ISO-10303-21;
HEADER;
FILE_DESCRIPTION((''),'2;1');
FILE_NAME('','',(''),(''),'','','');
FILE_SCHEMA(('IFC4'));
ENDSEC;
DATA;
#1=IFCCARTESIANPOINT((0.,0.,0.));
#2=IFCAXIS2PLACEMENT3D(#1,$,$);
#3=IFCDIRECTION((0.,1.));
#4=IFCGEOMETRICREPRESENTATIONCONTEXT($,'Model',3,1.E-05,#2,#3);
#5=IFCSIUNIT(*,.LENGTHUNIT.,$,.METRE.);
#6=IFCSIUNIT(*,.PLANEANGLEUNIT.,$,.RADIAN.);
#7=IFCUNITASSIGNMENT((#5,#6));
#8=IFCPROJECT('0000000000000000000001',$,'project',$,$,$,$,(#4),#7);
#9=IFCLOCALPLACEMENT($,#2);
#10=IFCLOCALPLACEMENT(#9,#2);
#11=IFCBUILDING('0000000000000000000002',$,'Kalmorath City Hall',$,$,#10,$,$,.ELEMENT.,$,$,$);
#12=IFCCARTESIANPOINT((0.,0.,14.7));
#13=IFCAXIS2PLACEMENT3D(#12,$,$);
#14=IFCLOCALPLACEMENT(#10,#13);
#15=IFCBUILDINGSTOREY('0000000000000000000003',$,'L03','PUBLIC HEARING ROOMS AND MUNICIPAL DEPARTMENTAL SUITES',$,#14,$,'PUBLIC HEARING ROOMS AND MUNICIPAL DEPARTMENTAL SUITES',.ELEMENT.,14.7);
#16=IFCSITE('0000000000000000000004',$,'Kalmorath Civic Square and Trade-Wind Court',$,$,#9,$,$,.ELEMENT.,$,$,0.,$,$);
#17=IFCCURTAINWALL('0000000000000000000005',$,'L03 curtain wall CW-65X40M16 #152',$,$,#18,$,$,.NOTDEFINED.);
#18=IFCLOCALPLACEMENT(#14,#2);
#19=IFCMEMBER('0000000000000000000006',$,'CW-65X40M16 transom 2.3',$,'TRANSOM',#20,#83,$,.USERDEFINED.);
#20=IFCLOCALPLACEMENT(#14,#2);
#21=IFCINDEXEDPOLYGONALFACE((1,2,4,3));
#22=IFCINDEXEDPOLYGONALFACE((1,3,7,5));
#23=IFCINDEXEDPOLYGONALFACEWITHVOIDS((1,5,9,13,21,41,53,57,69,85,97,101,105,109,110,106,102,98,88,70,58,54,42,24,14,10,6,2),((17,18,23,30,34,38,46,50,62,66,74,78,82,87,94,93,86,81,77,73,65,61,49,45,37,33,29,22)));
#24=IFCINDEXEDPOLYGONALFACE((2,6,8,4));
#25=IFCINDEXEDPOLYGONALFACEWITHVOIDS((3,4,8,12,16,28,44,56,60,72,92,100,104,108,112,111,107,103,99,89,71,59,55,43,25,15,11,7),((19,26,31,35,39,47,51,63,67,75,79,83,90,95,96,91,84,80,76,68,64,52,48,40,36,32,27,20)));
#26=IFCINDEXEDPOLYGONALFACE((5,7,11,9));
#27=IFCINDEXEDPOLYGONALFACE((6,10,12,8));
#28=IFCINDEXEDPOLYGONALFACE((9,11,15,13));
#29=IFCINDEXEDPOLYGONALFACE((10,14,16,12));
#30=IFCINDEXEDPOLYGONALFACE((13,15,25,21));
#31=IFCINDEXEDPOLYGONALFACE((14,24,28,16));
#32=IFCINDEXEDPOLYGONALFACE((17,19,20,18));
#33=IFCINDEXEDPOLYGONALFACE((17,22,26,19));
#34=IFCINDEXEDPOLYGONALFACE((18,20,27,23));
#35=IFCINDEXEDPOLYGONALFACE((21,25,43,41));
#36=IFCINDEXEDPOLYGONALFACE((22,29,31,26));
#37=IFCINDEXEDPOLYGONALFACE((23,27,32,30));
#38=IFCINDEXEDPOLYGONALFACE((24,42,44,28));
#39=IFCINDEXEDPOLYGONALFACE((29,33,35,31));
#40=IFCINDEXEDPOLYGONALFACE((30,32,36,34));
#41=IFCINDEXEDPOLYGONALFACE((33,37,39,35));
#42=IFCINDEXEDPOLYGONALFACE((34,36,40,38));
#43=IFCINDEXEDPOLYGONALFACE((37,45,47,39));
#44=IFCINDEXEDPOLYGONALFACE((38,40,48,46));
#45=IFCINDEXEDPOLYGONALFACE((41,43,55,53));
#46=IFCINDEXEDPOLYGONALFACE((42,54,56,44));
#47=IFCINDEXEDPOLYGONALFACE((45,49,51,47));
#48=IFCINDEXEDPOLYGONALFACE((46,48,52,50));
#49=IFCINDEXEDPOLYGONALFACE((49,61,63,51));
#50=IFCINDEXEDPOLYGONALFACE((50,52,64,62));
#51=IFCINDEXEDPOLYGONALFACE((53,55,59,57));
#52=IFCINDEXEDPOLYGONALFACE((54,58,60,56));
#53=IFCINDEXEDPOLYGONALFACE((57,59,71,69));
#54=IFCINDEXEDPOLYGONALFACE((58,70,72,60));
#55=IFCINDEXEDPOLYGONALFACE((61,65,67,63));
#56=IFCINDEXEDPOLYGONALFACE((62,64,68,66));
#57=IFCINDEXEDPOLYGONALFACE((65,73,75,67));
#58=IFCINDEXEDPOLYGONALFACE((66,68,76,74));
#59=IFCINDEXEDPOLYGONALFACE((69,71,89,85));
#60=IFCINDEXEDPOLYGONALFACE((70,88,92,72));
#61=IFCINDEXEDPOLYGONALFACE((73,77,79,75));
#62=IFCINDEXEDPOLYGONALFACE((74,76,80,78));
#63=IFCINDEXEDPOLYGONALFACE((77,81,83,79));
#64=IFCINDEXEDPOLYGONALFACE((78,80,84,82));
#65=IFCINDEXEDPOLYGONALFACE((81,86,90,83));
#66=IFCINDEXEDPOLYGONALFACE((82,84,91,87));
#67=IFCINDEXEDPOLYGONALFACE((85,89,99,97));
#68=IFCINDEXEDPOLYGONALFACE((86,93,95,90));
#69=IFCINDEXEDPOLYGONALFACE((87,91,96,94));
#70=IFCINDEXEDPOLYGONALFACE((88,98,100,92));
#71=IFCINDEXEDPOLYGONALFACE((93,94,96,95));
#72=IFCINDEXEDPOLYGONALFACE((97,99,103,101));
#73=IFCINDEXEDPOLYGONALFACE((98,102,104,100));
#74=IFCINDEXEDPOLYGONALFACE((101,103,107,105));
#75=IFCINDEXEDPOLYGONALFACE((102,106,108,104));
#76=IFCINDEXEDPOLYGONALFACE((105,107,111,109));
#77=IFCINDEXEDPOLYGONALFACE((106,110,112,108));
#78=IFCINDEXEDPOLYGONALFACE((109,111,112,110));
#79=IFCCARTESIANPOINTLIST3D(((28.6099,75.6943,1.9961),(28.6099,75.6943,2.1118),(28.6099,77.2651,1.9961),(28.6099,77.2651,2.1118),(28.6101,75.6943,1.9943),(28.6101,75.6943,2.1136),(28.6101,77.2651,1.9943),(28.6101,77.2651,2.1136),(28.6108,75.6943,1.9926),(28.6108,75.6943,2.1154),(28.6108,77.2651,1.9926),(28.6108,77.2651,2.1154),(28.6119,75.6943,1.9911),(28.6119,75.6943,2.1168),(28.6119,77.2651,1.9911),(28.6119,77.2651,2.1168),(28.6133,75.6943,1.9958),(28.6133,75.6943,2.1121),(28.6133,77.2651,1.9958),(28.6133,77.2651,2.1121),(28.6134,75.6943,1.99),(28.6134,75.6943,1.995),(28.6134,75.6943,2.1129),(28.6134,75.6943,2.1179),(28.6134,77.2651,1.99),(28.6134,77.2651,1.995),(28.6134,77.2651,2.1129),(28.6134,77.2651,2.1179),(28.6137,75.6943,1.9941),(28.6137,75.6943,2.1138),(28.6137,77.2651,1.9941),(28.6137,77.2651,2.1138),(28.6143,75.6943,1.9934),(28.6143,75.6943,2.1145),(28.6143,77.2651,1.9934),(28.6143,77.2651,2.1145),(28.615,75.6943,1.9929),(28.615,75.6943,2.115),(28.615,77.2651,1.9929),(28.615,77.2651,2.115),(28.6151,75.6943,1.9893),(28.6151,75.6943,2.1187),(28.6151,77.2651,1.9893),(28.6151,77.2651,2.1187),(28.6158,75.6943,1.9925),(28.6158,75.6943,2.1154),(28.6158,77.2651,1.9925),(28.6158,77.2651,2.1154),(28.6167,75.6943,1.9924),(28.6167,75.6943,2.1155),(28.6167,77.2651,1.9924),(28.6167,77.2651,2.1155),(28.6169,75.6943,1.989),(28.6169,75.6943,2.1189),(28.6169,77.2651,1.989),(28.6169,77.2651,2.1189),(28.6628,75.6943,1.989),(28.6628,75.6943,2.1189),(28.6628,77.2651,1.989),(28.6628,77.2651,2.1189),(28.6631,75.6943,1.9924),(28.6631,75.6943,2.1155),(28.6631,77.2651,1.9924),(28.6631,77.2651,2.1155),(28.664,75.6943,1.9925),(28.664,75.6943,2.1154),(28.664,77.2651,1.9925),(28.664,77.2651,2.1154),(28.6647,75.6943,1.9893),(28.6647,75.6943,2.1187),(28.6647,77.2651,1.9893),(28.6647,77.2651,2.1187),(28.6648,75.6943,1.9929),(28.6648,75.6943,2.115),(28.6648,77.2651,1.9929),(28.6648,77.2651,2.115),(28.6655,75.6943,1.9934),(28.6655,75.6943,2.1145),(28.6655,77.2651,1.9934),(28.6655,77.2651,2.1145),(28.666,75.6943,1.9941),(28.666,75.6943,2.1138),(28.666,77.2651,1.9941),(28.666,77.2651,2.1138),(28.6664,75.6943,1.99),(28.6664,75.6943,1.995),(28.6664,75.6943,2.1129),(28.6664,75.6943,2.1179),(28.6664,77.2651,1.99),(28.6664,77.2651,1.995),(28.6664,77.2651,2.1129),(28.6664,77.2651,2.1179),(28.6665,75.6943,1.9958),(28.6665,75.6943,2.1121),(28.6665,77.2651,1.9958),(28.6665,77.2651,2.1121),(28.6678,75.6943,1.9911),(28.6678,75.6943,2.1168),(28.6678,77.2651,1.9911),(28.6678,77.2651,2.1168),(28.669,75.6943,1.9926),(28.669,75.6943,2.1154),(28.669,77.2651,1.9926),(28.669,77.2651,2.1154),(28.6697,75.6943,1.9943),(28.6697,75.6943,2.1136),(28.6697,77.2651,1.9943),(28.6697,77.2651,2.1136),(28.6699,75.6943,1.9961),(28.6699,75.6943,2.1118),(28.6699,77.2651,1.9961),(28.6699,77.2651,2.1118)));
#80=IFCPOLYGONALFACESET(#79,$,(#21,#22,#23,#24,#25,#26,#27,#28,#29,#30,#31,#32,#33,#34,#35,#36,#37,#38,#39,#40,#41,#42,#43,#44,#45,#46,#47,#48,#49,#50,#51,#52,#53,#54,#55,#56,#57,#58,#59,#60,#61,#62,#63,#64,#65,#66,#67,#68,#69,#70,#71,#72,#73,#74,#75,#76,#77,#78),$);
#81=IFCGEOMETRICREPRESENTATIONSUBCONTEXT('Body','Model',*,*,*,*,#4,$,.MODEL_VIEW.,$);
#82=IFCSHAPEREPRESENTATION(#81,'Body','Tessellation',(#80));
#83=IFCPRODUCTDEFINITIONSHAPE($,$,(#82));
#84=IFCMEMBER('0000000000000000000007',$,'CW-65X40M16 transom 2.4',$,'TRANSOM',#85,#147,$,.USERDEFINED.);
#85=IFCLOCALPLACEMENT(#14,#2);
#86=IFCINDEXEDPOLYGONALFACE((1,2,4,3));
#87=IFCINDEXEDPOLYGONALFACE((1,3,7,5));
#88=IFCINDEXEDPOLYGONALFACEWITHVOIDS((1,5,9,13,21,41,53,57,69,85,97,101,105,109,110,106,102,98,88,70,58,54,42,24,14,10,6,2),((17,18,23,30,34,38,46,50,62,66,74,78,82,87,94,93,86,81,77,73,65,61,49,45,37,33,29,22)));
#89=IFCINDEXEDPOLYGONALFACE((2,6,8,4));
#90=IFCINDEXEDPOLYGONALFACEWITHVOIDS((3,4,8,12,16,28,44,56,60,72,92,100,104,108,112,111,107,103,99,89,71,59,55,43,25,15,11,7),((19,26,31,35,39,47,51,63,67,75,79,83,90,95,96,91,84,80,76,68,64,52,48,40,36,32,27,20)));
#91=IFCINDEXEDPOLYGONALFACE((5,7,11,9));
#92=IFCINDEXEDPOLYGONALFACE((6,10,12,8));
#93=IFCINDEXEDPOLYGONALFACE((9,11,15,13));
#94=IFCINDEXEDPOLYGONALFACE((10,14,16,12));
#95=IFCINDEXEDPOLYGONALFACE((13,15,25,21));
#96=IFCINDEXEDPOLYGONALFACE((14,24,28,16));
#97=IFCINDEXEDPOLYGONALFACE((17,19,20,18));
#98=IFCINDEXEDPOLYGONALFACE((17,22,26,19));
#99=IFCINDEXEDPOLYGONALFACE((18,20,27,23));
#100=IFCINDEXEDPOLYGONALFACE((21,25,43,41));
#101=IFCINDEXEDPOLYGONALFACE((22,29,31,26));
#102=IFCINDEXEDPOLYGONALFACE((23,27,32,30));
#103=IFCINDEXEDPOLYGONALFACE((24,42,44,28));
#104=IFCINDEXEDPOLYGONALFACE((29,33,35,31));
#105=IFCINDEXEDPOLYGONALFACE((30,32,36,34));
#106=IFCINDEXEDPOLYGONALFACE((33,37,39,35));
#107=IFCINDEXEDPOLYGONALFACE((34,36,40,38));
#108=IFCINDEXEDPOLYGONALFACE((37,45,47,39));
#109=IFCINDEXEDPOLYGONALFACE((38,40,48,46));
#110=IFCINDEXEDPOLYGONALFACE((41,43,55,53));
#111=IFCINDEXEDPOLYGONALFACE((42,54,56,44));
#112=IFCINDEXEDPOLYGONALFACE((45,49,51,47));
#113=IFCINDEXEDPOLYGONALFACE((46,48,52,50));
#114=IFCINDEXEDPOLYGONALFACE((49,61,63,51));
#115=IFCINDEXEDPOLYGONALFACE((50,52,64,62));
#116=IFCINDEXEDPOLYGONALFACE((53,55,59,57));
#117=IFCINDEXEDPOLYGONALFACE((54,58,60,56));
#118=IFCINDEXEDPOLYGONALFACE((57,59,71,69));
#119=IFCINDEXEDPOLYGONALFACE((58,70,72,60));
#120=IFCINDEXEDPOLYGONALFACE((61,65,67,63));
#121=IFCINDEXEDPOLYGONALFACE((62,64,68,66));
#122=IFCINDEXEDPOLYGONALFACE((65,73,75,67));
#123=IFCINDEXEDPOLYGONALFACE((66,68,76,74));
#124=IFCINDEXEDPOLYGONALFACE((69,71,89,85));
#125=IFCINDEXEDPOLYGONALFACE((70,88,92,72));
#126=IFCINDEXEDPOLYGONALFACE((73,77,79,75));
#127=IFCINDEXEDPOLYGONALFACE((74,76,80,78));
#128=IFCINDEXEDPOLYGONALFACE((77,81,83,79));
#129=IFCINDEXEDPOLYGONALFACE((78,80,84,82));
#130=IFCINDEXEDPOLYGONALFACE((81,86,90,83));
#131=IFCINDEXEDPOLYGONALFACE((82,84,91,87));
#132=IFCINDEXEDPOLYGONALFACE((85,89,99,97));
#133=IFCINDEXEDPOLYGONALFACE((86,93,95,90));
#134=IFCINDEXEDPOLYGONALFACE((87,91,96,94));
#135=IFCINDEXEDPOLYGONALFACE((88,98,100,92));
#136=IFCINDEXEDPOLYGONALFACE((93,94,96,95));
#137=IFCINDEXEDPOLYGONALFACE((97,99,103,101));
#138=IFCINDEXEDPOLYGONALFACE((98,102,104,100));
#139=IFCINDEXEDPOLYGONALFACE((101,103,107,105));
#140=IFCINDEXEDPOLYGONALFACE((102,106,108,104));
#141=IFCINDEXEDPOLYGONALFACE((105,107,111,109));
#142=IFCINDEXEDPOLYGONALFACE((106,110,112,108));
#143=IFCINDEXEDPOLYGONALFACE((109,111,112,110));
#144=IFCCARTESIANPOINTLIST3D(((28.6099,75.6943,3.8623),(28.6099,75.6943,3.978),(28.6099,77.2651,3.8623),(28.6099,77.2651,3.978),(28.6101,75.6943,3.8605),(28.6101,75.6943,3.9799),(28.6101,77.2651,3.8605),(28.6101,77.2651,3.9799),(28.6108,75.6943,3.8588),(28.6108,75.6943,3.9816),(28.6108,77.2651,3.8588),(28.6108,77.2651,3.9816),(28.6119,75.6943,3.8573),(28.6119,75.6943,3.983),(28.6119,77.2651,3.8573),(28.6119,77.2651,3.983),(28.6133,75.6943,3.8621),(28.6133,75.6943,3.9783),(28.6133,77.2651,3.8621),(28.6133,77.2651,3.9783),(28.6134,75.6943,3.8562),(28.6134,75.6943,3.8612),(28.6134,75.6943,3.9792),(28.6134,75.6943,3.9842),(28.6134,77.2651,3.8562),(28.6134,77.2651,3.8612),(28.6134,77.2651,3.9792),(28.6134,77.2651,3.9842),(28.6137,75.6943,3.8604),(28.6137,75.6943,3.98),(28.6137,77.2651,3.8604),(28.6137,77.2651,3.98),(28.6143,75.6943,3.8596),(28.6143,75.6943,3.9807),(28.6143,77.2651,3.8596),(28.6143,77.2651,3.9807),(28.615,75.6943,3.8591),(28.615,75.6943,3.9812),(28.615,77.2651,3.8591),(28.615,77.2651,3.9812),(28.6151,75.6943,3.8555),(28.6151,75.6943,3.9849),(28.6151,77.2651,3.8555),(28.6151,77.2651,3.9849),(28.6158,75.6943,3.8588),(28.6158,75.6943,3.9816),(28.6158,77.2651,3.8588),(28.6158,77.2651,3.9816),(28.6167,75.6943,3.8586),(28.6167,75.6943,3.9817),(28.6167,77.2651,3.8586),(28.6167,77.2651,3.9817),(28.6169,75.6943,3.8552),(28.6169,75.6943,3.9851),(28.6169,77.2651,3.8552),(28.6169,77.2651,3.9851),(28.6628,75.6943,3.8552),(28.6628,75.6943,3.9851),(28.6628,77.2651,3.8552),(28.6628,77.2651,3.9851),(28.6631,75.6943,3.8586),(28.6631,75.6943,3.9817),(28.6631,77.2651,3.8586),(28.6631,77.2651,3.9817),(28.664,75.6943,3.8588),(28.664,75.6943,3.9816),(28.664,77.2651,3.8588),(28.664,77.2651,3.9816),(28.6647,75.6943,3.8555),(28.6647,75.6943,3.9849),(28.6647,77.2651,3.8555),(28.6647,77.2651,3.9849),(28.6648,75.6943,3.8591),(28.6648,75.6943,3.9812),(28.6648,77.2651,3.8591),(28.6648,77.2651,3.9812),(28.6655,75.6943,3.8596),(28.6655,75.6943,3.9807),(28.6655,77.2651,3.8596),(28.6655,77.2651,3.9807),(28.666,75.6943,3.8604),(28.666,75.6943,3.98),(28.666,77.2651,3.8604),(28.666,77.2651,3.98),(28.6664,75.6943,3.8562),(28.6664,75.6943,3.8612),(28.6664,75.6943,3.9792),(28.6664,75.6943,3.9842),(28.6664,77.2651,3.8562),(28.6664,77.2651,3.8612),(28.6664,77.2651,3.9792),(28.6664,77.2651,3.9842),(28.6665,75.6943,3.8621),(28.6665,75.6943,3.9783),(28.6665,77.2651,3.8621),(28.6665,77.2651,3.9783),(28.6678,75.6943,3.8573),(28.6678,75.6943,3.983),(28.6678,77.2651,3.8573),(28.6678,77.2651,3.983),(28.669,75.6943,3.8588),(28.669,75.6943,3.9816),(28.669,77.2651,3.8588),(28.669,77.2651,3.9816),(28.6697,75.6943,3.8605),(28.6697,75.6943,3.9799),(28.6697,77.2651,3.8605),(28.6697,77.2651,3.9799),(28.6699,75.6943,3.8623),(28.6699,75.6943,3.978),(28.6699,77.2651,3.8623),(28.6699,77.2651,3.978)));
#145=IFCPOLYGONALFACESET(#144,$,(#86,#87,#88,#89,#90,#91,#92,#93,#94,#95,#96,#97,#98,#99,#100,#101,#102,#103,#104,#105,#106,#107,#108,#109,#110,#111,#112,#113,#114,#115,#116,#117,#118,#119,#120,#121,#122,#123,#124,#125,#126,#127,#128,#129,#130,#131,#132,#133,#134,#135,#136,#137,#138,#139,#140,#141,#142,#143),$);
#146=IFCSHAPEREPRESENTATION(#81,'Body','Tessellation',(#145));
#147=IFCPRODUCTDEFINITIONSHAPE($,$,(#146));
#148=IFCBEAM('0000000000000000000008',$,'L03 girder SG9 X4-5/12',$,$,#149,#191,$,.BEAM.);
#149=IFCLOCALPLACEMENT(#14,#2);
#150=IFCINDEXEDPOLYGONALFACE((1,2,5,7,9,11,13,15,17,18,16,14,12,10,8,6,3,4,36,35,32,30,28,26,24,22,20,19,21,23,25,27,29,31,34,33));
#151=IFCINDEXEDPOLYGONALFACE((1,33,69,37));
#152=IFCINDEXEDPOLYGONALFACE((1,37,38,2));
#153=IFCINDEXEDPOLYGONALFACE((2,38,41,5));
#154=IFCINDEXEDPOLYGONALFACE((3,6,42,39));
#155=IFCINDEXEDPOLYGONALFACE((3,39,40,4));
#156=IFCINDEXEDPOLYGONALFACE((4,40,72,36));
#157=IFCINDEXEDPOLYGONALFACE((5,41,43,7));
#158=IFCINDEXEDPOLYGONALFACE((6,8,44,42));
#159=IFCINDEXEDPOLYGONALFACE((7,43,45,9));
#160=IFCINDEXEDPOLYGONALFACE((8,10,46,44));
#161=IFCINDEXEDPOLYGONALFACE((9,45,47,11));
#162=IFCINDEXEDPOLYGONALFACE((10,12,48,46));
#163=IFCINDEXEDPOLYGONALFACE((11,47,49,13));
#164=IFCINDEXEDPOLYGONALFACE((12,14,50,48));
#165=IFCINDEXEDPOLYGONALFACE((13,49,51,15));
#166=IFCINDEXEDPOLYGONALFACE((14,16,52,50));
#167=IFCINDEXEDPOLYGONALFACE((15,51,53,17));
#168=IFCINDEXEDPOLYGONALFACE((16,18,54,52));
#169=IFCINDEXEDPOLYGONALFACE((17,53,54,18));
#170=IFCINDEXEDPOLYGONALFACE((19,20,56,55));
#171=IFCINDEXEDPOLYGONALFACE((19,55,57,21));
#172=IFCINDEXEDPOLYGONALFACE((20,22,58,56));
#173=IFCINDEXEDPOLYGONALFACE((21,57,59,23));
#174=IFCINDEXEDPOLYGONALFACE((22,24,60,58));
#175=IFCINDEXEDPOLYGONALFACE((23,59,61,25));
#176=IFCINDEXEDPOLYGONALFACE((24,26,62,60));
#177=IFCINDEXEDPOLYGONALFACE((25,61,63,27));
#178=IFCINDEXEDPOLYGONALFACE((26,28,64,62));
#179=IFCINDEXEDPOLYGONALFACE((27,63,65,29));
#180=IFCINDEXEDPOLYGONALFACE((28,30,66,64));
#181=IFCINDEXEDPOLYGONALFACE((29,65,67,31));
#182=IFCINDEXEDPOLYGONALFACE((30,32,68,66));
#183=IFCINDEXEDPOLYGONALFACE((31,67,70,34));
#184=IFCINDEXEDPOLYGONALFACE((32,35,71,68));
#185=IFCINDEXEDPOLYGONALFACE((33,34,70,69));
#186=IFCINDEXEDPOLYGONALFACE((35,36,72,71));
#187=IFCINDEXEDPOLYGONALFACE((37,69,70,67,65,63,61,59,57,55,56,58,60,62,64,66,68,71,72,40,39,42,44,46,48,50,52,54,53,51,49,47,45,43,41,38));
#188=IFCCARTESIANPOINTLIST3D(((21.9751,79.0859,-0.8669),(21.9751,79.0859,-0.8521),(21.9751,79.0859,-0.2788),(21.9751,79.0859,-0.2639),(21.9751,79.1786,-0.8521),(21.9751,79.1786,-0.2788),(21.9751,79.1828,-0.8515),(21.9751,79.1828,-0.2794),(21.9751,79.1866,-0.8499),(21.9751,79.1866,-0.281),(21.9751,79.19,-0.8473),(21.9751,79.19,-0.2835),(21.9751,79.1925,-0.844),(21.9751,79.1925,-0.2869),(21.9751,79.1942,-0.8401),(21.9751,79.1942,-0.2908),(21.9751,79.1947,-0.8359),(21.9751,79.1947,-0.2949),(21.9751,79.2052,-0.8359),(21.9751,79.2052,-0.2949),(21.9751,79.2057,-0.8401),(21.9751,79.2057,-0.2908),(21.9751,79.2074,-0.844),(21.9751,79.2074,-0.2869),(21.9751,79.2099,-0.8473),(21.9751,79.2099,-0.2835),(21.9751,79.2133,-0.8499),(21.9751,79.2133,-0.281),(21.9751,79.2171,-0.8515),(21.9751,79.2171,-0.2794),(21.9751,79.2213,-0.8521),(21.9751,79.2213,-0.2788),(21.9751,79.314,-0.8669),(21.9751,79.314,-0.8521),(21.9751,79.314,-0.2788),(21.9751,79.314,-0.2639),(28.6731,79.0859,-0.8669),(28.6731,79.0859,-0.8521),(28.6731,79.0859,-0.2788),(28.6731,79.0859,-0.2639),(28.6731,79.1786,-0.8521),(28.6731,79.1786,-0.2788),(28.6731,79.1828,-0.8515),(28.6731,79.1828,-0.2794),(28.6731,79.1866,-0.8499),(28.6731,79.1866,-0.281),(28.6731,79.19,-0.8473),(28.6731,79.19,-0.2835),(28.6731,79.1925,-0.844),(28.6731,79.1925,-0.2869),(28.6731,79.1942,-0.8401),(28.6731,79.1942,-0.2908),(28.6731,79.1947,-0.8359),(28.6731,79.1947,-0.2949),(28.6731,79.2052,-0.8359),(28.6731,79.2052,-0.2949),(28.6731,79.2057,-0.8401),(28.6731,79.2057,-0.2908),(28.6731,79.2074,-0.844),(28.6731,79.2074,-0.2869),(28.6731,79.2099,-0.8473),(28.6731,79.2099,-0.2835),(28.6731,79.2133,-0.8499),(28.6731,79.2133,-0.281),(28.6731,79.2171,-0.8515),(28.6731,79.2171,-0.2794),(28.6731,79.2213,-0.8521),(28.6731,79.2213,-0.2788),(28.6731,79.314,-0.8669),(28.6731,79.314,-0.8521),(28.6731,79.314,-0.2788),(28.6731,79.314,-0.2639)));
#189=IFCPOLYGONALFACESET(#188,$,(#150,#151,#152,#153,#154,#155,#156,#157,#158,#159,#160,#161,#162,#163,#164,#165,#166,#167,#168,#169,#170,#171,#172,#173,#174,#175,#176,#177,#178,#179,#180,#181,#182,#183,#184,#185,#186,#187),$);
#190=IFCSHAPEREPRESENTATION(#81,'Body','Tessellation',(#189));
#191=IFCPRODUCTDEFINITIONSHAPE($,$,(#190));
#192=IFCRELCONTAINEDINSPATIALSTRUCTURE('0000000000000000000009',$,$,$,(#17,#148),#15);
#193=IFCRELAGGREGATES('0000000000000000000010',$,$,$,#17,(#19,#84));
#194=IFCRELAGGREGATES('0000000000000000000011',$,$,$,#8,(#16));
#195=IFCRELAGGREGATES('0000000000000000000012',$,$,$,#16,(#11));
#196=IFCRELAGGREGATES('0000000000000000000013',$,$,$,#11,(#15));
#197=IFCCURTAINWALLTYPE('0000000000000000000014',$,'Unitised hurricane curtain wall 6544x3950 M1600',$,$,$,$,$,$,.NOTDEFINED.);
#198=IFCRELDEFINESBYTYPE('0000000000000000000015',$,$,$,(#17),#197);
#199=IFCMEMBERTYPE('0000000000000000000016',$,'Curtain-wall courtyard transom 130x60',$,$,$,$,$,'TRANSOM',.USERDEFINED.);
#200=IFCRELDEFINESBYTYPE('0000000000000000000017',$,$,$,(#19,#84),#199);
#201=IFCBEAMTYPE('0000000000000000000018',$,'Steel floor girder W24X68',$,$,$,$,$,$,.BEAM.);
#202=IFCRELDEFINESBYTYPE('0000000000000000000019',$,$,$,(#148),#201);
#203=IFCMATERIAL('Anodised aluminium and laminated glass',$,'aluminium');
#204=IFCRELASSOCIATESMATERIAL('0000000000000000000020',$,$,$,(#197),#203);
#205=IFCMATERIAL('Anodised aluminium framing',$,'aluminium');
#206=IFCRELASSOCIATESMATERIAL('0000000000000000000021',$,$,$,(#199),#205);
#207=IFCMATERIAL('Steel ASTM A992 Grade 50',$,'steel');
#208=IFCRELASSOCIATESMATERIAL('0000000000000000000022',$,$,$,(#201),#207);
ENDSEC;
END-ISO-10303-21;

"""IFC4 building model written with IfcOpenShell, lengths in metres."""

from ifc_helpers import new_model, si_unit, direction, frame, origin, origin_2d, place, context, subcontext, project, spatial, hollow_rectangle, i_section, extrude, material, material_profile, profile_set, type_object, element, aggregate, save


model = new_model("IFC4")

# Units and contexts
model_context = context("Model", 3, precision=1e-05, world=origin(), true_north=direction((0.0, 1.0)))
body_context = subcontext(model_context, "Body", "Model", "MODEL_VIEW")
ifc_project = project(units=[si_unit("LENGTHUNIT", "METRE"), si_unit("PLANEANGLEUNIT", "RADIAN")], contexts=[model_context])

# Site, building, storey
site_placement = place(None, origin())
site = spatial("IfcSite", under=ifc_project, at=site_placement, Name="Kalmorath Civic Square and Trade-Wind Court", CompositionType="ELEMENT", RefElevation=0.0)
building_placement = place(site_placement, origin())
building = spatial("IfcBuilding", under=site, at=building_placement, Name="Kalmorath City Hall", CompositionType="ELEMENT")
storey_placement = place(building_placement, frame((0.0, 0.0, 14.7)))
storey = spatial("IfcBuildingStorey", under=building, at=storey_placement, Name="L03", Description="PUBLIC HEARING ROOMS AND MUNICIPAL DEPARTMENTAL SUITES", LongName="PUBLIC HEARING ROOMS AND MUNICIPAL DEPARTMENTAL SUITES", CompositionType="ELEMENT", Elevation=14.7)

# Curtain wall, members
ifc_material_1 = material(Name="Anodised aluminium and laminated glass", Category="aluminium")
curtain_wall_type = type_object("IfcCurtainWallType", Name="Unitised hurricane curtain wall 6544x3950 M1600", PredefinedType="NOTDEFINED", material=ifc_material_1)
curtain_wall_placement = place(storey_placement, origin())
curtain_wall = element("IfcCurtainWall", 1, at=curtain_wall_placement, inside=storey, type_object=curtain_wall_type, Name="L03 curtain wall CW-65X40M16 #152", PredefinedType="NOTDEFINED")
ifc_material_2 = material(Name="Anodised aluminium framing", Category="aluminium")
ifc_material_profile_1 = material_profile(ifc_material_2, hollow_rectangle(XDim=0.0601, YDim=0.1299, WallThickness=0.0034, InnerFilletRadius=0.0034, OuterFilletRadius=0.0071, at=origin_2d()), Name="ALU-TRN-130X60X3.5")
ifc_profile_set_1 = profile_set([ifc_material_profile_1], Name="Anodised aluminium framing")
member_type_1 = type_object("IfcMemberType", Name="Curtain-wall courtyard transom 130x60", ElementType="TRANSOM", PredefinedType="USERDEFINED", material=ifc_profile_set_1)
member_1_placement = place(storey_placement, frame((28.6399, 77.2651, 2.054), z_axis=(0.0, -1.0, 0.0), x_axis=(1.0, 0.0, 0.0)))
member_1 = element("IfcMember", 2, at=member_1_placement, type_object=member_type_1, Name="CW-65X40M16 transom 2.3", ObjectType="TRANSOM", PredefinedType="USERDEFINED", context=body_context, shape_type="SweptSolid", body=[
    extrude(hollow_rectangle(XDim=0.0601, YDim=0.1299, WallThickness=0.0034, InnerFilletRadius=0.0034, OuterFilletRadius=0.0071, at=origin_2d()), origin(), (0.0, 0.0, 1.0), 1.5708),
])
member_2_placement = place(storey_placement, frame((28.6399, 77.2651, 3.9202), z_axis=(0.0, -1.0, 0.0), x_axis=(1.0, 0.0, 0.0)))
member_2 = element("IfcMember", 3, at=member_2_placement, type_object=member_type_1, Name="CW-65X40M16 transom 2.4", ObjectType="TRANSOM", PredefinedType="USERDEFINED", context=body_context, shape_type="SweptSolid", body=[
    extrude(hollow_rectangle(XDim=0.0601, YDim=0.1299, WallThickness=0.0034, InnerFilletRadius=0.0034, OuterFilletRadius=0.0071, at=origin_2d()), origin(), (0.0, 0.0, 1.0), 1.5708),
])

# Beam
ifc_material_3 = material(Name="Steel ASTM A992 Grade 50", Category="steel")
ifc_material_profile_2 = material_profile(ifc_material_3, i_section(OverallWidth=0.228, OverallDepth=0.603, WebThickness=0.0105, FlangeThickness=0.0149, FilletRadius=0.0161, at=origin_2d()), Name="W24X68")
ifc_profile_set_2 = profile_set([ifc_material_profile_2], Name="Steel ASTM A992 Grade 50")
beam_type_1 = type_object("IfcBeamType", Name="Steel floor girder W24X68", PredefinedType="BEAM", material=ifc_profile_set_2)
beam_1_placement = place(storey_placement, frame((21.9751, 79.2, -0.5654), z_axis=(1.0, 0.0, 0.0), x_axis=(0.0, 1.0, 0.0)))
element("IfcBeam", 4, at=beam_1_placement, inside=storey, type_object=beam_type_1, Name="L03 girder SG9 X4-5/12", PredefinedType="BEAM", context=body_context, shape_type="SweptSolid", body=[
    extrude(i_section(OverallWidth=0.228, OverallDepth=0.603, WebThickness=0.0105, FlangeThickness=0.0149, FilletRadius=0.0161, at=origin_2d()), origin(), (0.0, 0.0, 1.0), 6.698),
])

aggregate(curtain_wall, [member_1, member_2])

save(model, "model.ifc")
